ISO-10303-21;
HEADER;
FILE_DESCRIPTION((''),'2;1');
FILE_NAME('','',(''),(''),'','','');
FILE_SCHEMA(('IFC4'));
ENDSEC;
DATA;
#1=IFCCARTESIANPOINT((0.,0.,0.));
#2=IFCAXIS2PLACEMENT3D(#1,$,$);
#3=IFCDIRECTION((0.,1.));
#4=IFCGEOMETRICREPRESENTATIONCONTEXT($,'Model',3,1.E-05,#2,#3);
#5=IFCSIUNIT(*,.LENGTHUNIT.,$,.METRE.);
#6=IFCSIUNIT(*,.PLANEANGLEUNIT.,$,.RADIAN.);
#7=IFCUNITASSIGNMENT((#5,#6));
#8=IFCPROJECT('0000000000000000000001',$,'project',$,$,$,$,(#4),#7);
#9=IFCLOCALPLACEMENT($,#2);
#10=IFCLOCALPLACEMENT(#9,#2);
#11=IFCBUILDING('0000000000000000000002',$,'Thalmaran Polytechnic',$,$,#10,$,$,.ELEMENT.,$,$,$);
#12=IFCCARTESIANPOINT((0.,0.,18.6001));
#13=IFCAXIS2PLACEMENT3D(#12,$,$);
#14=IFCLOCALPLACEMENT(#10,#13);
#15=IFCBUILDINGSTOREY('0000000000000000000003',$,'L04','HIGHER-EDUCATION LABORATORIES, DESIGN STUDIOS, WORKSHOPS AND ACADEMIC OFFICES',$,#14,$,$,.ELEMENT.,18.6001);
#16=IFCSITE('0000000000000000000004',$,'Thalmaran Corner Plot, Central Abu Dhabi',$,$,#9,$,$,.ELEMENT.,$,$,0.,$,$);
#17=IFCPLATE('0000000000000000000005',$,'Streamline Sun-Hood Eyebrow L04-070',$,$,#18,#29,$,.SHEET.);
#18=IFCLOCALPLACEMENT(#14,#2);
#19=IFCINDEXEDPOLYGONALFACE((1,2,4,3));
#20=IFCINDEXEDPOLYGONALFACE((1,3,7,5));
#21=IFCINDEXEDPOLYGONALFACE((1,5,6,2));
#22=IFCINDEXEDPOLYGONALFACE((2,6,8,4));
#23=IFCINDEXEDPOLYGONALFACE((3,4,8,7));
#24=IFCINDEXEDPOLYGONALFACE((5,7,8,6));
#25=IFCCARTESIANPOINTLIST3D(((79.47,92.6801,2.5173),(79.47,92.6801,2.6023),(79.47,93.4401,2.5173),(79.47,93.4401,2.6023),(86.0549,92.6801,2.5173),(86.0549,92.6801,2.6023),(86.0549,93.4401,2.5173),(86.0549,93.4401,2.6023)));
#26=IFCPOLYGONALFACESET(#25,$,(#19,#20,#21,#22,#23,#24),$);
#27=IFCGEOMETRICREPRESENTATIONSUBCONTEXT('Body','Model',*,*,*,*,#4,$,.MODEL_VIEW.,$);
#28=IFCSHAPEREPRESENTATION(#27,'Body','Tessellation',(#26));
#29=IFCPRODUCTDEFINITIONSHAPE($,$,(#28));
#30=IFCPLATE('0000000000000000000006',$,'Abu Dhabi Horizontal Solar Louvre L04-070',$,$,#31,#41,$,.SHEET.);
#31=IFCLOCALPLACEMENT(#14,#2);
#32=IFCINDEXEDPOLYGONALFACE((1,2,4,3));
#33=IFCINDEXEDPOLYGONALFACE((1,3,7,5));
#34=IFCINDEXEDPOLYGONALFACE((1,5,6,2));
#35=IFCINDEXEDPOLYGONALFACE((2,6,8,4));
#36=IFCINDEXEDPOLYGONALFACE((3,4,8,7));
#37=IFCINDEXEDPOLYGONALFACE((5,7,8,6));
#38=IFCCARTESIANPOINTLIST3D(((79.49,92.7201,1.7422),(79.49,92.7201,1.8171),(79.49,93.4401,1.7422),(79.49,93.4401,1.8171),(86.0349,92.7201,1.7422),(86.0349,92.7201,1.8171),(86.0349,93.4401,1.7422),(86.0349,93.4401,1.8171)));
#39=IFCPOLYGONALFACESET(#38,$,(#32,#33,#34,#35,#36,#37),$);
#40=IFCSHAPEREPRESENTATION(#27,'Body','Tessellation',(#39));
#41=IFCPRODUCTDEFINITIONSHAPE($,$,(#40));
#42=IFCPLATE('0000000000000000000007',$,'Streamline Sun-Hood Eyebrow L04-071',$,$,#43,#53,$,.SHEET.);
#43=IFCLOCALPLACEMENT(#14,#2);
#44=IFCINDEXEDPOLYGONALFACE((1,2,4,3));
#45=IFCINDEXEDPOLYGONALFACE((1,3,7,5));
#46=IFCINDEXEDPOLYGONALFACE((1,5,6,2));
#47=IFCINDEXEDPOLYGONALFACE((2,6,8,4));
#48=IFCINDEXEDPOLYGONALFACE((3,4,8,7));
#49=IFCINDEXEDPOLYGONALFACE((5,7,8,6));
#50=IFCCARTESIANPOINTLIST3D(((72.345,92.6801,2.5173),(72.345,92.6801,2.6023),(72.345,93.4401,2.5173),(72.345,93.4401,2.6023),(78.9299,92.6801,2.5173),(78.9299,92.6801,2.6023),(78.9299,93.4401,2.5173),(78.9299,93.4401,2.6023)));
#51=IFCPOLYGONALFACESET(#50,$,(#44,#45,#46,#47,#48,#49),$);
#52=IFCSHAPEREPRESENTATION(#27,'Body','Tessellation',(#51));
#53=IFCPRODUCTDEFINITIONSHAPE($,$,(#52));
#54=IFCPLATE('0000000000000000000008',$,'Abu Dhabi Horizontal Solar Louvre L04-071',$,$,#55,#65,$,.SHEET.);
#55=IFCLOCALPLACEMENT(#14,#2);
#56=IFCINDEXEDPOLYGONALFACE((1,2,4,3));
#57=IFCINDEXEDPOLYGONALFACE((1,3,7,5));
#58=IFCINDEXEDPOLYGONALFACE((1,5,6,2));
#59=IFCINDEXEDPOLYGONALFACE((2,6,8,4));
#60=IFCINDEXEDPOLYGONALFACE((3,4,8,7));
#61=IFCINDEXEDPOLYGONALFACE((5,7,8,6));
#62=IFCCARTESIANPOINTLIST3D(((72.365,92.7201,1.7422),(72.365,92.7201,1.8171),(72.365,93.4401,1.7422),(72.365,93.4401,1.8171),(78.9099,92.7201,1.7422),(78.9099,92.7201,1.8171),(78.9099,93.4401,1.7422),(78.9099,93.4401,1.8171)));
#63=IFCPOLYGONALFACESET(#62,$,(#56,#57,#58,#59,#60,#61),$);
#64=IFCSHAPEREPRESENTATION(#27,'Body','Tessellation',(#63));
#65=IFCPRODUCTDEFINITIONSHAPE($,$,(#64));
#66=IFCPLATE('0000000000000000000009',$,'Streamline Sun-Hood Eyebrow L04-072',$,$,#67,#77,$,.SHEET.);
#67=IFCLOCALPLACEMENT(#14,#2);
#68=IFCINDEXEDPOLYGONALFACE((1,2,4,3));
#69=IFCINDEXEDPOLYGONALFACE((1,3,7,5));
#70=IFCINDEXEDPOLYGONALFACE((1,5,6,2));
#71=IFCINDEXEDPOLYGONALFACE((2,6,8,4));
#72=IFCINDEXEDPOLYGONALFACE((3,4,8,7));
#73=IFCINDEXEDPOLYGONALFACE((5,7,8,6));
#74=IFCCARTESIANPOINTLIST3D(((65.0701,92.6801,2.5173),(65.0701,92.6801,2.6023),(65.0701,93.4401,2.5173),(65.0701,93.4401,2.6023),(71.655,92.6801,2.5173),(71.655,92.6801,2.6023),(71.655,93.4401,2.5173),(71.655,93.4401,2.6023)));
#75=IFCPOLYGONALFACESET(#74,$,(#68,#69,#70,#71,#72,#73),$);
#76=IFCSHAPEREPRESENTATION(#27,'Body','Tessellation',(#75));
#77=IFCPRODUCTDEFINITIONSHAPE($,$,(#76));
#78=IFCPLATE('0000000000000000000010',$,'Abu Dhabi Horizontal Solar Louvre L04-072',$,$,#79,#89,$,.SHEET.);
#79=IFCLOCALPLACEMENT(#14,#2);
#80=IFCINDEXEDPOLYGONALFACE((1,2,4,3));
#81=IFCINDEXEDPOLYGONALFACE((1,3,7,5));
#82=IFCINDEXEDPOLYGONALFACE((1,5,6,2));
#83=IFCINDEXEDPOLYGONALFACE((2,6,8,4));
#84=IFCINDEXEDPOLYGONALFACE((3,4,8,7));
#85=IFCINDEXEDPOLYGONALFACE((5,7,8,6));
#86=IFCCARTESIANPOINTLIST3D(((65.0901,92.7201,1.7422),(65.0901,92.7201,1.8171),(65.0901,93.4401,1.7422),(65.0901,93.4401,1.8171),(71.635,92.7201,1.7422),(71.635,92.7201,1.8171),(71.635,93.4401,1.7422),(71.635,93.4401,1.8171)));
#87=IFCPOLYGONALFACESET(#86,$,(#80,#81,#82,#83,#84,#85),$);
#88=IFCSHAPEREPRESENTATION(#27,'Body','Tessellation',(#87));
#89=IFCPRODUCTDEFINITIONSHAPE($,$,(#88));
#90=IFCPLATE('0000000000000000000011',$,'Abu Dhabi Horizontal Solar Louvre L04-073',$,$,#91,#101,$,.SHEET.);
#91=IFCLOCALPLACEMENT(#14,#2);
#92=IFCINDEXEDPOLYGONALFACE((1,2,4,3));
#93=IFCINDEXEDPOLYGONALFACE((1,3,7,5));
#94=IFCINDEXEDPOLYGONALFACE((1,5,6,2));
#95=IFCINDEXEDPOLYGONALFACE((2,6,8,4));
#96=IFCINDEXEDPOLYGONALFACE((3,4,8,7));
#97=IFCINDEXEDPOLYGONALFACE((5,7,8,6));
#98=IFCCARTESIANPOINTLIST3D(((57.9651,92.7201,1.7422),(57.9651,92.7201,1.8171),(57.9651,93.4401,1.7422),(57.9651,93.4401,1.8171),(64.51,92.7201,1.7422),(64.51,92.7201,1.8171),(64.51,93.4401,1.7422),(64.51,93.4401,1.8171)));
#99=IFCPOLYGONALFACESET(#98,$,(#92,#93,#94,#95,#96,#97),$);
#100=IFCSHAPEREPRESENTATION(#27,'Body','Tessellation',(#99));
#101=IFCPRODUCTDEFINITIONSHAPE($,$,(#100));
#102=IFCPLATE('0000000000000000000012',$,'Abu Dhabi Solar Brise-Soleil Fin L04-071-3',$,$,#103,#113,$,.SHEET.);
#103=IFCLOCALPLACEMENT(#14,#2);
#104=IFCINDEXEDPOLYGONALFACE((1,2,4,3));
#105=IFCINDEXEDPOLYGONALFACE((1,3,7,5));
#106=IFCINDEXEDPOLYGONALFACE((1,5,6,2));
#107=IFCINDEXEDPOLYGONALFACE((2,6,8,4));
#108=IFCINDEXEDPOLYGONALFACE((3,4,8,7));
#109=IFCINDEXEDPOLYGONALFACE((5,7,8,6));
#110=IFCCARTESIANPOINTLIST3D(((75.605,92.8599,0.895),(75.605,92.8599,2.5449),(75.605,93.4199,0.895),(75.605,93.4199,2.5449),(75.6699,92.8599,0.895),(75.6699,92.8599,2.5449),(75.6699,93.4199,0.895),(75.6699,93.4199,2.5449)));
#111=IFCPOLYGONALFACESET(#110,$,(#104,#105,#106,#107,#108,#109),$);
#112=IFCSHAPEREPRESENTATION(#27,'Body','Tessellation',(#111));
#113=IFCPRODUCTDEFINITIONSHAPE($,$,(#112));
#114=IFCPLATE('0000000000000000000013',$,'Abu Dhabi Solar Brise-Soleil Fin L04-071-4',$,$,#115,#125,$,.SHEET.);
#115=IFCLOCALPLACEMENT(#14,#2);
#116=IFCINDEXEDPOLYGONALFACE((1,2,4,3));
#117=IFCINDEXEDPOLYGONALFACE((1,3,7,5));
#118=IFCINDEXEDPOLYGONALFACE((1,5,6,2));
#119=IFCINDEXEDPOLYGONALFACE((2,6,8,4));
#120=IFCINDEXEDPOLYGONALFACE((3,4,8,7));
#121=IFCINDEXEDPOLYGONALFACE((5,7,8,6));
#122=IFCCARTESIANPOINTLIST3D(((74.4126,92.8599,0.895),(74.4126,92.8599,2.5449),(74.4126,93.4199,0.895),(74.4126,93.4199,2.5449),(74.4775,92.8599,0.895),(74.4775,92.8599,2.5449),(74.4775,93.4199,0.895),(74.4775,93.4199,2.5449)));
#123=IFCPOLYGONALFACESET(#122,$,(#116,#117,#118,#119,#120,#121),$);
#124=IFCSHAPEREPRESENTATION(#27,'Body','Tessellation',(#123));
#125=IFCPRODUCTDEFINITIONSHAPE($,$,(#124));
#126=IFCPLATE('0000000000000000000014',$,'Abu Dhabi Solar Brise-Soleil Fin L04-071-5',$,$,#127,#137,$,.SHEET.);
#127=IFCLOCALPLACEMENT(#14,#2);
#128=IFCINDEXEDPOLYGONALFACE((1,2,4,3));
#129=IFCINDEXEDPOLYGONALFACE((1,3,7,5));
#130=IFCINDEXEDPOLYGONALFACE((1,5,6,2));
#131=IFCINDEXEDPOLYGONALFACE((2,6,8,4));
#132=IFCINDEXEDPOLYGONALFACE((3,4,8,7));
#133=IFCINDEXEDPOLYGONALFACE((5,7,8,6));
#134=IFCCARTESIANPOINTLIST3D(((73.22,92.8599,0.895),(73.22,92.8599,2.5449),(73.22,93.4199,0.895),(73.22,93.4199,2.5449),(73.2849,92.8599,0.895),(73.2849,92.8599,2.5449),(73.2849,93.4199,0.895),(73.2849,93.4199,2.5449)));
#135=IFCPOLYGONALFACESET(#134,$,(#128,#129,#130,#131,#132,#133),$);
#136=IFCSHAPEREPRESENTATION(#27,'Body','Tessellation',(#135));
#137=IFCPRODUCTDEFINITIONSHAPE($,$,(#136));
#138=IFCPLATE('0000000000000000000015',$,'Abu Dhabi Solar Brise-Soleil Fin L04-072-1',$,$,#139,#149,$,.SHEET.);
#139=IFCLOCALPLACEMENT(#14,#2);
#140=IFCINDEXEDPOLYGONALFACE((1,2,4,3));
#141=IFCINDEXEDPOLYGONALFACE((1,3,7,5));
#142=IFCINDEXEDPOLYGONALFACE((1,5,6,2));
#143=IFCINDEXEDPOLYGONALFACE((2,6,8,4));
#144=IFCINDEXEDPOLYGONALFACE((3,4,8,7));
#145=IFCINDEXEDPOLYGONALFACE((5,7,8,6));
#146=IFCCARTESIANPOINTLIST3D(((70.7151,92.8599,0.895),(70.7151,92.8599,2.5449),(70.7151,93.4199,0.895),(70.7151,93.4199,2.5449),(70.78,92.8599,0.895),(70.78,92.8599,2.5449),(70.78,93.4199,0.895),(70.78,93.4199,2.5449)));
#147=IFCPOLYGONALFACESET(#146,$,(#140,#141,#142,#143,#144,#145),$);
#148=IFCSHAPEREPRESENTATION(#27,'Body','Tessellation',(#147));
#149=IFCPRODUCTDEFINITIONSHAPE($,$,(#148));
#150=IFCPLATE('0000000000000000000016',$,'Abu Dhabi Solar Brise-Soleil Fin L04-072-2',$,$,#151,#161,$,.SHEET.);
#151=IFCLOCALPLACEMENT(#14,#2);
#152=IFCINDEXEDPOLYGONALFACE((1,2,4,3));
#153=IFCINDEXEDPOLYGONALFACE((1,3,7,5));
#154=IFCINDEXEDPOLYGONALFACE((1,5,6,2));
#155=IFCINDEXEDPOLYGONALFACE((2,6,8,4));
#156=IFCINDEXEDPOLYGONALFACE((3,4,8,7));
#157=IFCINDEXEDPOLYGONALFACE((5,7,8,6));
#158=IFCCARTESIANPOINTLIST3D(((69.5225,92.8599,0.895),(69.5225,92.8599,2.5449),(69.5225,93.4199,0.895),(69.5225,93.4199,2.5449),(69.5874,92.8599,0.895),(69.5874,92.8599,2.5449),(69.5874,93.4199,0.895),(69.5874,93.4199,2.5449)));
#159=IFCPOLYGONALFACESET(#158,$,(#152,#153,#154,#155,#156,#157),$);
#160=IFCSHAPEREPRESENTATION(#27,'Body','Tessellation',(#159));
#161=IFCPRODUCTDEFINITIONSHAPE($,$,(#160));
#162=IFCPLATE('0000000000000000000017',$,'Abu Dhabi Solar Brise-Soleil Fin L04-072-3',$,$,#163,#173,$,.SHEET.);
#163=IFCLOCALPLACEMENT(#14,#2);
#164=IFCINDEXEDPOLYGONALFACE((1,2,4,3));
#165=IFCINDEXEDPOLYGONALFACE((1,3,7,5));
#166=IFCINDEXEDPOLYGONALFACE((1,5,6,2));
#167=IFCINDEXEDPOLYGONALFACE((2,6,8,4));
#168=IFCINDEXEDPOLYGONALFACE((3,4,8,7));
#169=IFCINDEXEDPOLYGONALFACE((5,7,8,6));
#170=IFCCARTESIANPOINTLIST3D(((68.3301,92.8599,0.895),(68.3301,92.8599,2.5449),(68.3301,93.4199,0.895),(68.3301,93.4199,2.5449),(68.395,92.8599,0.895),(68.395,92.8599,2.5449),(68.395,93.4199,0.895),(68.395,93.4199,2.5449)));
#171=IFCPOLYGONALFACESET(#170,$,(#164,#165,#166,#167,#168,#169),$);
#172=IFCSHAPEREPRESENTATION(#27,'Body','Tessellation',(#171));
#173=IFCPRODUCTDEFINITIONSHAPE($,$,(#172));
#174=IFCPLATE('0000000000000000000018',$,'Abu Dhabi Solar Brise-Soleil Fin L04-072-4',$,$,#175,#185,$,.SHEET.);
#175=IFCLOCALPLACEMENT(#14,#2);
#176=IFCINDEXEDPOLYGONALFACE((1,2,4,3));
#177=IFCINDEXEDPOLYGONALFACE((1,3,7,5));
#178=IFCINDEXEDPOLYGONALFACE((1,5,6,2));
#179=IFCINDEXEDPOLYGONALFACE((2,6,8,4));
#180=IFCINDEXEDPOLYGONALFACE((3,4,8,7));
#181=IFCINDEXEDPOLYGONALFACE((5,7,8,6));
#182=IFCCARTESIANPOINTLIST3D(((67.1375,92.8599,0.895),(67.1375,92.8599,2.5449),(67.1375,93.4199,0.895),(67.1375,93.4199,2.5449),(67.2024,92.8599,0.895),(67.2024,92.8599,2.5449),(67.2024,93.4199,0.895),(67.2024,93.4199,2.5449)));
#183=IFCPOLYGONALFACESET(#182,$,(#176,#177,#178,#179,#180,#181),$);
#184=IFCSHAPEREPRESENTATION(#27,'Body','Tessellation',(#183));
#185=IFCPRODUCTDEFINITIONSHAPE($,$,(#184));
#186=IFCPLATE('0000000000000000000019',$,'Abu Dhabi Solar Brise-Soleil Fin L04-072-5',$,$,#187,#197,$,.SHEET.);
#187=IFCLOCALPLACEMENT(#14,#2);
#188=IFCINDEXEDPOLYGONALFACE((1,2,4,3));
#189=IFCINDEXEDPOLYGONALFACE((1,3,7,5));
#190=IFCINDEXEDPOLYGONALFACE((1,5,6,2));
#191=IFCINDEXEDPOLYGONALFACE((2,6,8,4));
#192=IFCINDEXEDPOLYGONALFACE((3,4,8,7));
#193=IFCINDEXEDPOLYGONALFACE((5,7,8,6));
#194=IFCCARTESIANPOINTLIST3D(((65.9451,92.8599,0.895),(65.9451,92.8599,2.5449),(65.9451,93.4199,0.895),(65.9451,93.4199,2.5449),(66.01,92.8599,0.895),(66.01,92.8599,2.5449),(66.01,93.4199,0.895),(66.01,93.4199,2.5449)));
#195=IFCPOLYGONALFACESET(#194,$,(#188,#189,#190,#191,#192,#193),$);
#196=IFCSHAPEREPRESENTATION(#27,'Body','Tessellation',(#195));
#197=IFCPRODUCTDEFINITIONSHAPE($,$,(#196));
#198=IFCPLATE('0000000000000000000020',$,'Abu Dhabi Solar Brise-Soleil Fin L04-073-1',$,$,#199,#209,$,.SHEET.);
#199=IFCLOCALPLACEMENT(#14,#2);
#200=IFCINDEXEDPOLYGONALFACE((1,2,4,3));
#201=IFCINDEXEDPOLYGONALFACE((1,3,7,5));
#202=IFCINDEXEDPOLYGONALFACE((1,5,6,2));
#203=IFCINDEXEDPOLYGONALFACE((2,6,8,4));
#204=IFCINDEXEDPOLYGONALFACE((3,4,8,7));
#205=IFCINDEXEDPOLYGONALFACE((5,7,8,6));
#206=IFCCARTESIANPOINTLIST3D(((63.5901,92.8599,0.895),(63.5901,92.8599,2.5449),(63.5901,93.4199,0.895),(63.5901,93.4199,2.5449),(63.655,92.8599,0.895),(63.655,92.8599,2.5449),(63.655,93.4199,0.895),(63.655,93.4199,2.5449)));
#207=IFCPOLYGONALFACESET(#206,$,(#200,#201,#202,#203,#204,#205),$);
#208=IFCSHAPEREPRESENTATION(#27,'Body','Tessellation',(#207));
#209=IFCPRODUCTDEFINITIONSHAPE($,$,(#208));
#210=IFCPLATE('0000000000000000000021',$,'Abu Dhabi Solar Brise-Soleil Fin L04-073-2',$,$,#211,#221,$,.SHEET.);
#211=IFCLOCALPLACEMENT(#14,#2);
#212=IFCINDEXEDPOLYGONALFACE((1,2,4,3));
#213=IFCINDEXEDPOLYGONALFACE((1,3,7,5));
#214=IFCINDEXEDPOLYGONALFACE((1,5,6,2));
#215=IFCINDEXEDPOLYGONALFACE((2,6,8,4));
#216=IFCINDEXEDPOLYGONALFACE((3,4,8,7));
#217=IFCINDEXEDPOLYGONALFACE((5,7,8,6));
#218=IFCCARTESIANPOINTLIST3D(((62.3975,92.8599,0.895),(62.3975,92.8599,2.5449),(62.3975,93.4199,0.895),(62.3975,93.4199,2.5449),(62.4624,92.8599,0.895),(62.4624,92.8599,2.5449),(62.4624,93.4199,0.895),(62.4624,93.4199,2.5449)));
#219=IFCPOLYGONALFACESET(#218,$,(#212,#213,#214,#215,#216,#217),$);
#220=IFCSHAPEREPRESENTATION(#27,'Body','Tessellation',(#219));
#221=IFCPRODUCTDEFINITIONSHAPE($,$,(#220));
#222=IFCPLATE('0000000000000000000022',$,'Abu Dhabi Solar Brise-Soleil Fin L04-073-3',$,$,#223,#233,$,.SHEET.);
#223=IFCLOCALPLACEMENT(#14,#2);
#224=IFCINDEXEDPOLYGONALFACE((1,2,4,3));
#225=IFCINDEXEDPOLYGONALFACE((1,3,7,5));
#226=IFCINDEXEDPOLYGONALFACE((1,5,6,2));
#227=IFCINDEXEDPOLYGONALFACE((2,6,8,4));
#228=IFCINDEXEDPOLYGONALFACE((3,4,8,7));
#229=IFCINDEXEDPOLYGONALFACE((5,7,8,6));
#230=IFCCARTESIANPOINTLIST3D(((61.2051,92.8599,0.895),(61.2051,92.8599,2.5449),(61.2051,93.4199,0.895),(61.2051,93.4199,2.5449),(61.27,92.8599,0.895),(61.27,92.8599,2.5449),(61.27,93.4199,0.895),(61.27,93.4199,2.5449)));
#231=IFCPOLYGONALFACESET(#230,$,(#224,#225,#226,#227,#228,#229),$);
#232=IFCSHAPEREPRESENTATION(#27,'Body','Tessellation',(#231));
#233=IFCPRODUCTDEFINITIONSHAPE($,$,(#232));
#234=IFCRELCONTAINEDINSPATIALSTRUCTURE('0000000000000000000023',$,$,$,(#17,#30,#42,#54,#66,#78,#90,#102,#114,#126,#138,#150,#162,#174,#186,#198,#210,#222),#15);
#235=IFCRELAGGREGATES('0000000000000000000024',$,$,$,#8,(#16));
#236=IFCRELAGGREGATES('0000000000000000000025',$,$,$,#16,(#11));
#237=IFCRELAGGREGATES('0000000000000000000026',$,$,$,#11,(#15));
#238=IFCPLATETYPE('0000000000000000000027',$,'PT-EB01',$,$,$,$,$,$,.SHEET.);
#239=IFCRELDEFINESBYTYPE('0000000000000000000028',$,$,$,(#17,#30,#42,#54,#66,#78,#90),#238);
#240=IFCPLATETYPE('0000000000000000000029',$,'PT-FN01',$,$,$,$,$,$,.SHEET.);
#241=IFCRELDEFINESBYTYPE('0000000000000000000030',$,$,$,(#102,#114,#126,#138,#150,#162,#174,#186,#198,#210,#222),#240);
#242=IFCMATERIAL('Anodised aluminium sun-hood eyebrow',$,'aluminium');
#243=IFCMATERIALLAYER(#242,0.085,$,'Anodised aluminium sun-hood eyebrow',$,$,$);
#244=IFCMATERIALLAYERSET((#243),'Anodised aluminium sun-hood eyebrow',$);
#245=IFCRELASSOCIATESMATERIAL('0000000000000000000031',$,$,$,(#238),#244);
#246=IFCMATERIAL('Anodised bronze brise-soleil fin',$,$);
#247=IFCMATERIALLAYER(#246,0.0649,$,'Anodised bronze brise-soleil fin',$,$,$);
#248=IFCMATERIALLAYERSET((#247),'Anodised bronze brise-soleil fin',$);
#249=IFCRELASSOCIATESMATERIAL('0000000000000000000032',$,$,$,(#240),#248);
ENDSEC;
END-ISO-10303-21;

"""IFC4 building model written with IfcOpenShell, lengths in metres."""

from ifc_helpers import new_model, si_unit, direction, frame, origin, origin_2d, place, context, subcontext, project, spatial, rectangle, extrude, material, layer, layer_set, type_object, element, save


model = new_model("IFC4")

# Units and contexts
model_context = context("Model", 3, precision=1e-05, world=origin(), true_north=direction((0.0, 1.0)))
body_context = subcontext(model_context, "Body", "Model", "MODEL_VIEW")
ifc_project = project(units=[si_unit("LENGTHUNIT", "METRE"), si_unit("PLANEANGLEUNIT", "RADIAN")], contexts=[model_context])

# Site, building, storey
site_placement = place(None, origin())
site = spatial("IfcSite", under=ifc_project, at=site_placement, Name="Thalmaran Corner Plot, Central Abu Dhabi", CompositionType="ELEMENT", RefElevation=0.0)
building_placement = place(site_placement, origin())
building = spatial("IfcBuilding", under=site, at=building_placement, Name="Thalmaran Polytechnic", CompositionType="ELEMENT")
storey_placement = place(building_placement, frame((0.0, 0.0, 18.6001)))
storey = spatial("IfcBuildingStorey", under=building, at=storey_placement, Name="L04", Description="HIGHER-EDUCATION LABORATORIES, DESIGN STUDIOS, WORKSHOPS AND ACADEMIC OFFICES", CompositionType="ELEMENT", Elevation=18.6001)

# Plates
ifc_material_1 = material(Name="Anodised aluminium sun-hood eyebrow", Category="aluminium")
ifc_layer_1 = layer(ifc_material_1, 0.085, Name="Anodised aluminium sun-hood eyebrow")
ifc_layer_set_1 = layer_set([ifc_layer_1], Name="Anodised aluminium sun-hood eyebrow")
plate_type_1 = type_object("IfcPlateType", Name="PT-EB01", PredefinedType="SHEET", material=ifc_layer_set_1)
plate_1_placement = place(storey_placement, frame((82.7625, 93.0601, 2.5173), z_axis=(0.0, 0.0, 1.0), x_axis=(-1.0, 0.0, 0.0)))
element("IfcPlate", 1, at=plate_1_placement, inside=storey, type_object=plate_type_1, Name="Streamline Sun-Hood Eyebrow L04-070", PredefinedType="SHEET", context=body_context, shape_type="SweptSolid", body=[
    extrude(rectangle(XDim=6.585, YDim=0.76, at=origin_2d()), origin(), (0.0, 0.0, 1.0), 0.085),
])
plate_2_placement = place(storey_placement, frame((82.7625, 93.0801, 1.7422), z_axis=(0.0, 0.0, 1.0), x_axis=(-1.0, 0.0, 0.0)))
element("IfcPlate", 2, at=plate_2_placement, inside=storey, type_object=plate_type_1, Name="Abu Dhabi Horizontal Solar Louvre L04-070", PredefinedType="SHEET", context=body_context, shape_type="SweptSolid", body=[
    extrude(rectangle(XDim=6.5449, YDim=0.72, at=origin_2d()), origin(), (0.0, 0.0, 1.0), 0.075),
])
plate_3_placement = place(storey_placement, frame((75.6375, 93.0601, 2.5173), z_axis=(0.0, 0.0, 1.0), x_axis=(-1.0, 0.0, 0.0)))
element("IfcPlate", 3, at=plate_3_placement, inside=storey, type_object=plate_type_1, Name="Streamline Sun-Hood Eyebrow L04-071", PredefinedType="SHEET", context=body_context, shape_type="SweptSolid", body=[
    extrude(rectangle(XDim=6.585, YDim=0.76, at=origin_2d()), origin(), (0.0, 0.0, 1.0), 0.085),
])
plate_4_placement = place(storey_placement, frame((75.6375, 93.0801, 1.7422), z_axis=(0.0, 0.0, 1.0), x_axis=(-1.0, 0.0, 0.0)))
element("IfcPlate", 4, at=plate_4_placement, inside=storey, type_object=plate_type_1, Name="Abu Dhabi Horizontal Solar Louvre L04-071", PredefinedType="SHEET", context=body_context, shape_type="SweptSolid", body=[
    extrude(rectangle(XDim=6.5449, YDim=0.72, at=origin_2d()), origin(), (0.0, 0.0, 1.0), 0.075),
])
plate_5_placement = place(storey_placement, frame((68.3625, 93.0601, 2.5173), z_axis=(0.0, 0.0, 1.0), x_axis=(-1.0, 0.0, 0.0)))
element("IfcPlate", 5, at=plate_5_placement, inside=storey, type_object=plate_type_1, Name="Streamline Sun-Hood Eyebrow L04-072", PredefinedType="SHEET", context=body_context, shape_type="SweptSolid", body=[
    extrude(rectangle(XDim=6.585, YDim=0.76, at=origin_2d()), origin(), (0.0, 0.0, 1.0), 0.085),
])
for number, where, z_axis, x_axis, name in (
    (6, (68.3625, 93.0801, 1.7422), (0.0, 0.0, 1.0), (-1.0, 0.0, 0.0), "Abu Dhabi Horizontal Solar Louvre L04-072"),
    (7, (61.2375, 93.0801, 1.7422), (0.0, 0.0, 1.0), (-1.0, 0.0, 0.0), "Abu Dhabi Horizontal Solar Louvre L04-073"),
):
    element("IfcPlate", number, at=place(storey_placement, frame(where, z_axis=z_axis, x_axis=x_axis)), inside=storey, type_object=plate_type_1, Name=name, PredefinedType="SHEET", context=body_context, shape_type="SweptSolid", body=[
        extrude(rectangle(XDim=6.5449, YDim=0.72, at=origin_2d()), origin(), (0.0, 0.0, 1.0), 0.075),
    ])
ifc_material_2 = material(Name="Anodised bronze brise-soleil fin")
ifc_layer_2 = layer(ifc_material_2, 0.0649, Name="Anodised bronze brise-soleil fin")
ifc_layer_set_2 = layer_set([ifc_layer_2], Name="Anodised bronze brise-soleil fin")
plate_type_2 = type_object("IfcPlateType", Name="PT-FN01", PredefinedType="SHEET", material=ifc_layer_set_2)
for number, where, z_axis, x_axis, name in (
    (8, (75.6375, 93.1399, 0.895), (0.0, 0.0, 1.0), (-1.0, 0.0, 0.0), "Abu Dhabi Solar Brise-Soleil Fin L04-071-3"),
    (9, (74.4451, 93.1399, 0.895), (0.0, 0.0, 1.0), (-1.0, 0.0, 0.0), "Abu Dhabi Solar Brise-Soleil Fin L04-071-4"),
    (10, (73.2524, 93.1399, 0.895), (0.0, 0.0, 1.0), (-1.0, 0.0, 0.0), "Abu Dhabi Solar Brise-Soleil Fin L04-071-5"),
    (11, (70.7476, 93.1399, 0.895), (0.0, 0.0, 1.0), (-1.0, 0.0, 0.0), "Abu Dhabi Solar Brise-Soleil Fin L04-072-1"),
    (12, (69.5549, 93.1399, 0.895), (0.0, 0.0, 1.0), (-1.0, 0.0, 0.0), "Abu Dhabi Solar Brise-Soleil Fin L04-072-2"),
    (13, (68.3625, 93.1399, 0.895), (0.0, 0.0, 1.0), (-1.0, 0.0, 0.0), "Abu Dhabi Solar Brise-Soleil Fin L04-072-3"),
    (14, (67.1699, 93.1399, 0.895), (0.0, 0.0, 1.0), (-1.0, 0.0, 0.0), "Abu Dhabi Solar Brise-Soleil Fin L04-072-4"),
    (15, (65.9775, 93.1399, 0.895), (0.0, 0.0, 1.0), (-1.0, 0.0, 0.0), "Abu Dhabi Solar Brise-Soleil Fin L04-072-5"),
    (16, (63.6226, 93.1399, 0.895), (0.0, 0.0, 1.0), (-1.0, 0.0, 0.0), "Abu Dhabi Solar Brise-Soleil Fin L04-073-1"),
    (17, (62.4299, 93.1399, 0.895), (0.0, 0.0, 1.0), (-1.0, 0.0, 0.0), "Abu Dhabi Solar Brise-Soleil Fin L04-073-2"),
    (18, (61.2375, 93.1399, 0.895), (0.0, 0.0, 1.0), (-1.0, 0.0, 0.0), "Abu Dhabi Solar Brise-Soleil Fin L04-073-3"),
):
    element("IfcPlate", number, at=place(storey_placement, frame(where, z_axis=z_axis, x_axis=x_axis)), inside=storey, type_object=plate_type_2, Name=name, PredefinedType="SHEET", context=body_context, shape_type="SweptSolid", body=[
        extrude(rectangle(XDim=0.0649, YDim=0.5601, at=origin_2d()), origin(), (0.0, 0.0, 1.0), 1.6499),
    ])

save(model, "model.ifc")
